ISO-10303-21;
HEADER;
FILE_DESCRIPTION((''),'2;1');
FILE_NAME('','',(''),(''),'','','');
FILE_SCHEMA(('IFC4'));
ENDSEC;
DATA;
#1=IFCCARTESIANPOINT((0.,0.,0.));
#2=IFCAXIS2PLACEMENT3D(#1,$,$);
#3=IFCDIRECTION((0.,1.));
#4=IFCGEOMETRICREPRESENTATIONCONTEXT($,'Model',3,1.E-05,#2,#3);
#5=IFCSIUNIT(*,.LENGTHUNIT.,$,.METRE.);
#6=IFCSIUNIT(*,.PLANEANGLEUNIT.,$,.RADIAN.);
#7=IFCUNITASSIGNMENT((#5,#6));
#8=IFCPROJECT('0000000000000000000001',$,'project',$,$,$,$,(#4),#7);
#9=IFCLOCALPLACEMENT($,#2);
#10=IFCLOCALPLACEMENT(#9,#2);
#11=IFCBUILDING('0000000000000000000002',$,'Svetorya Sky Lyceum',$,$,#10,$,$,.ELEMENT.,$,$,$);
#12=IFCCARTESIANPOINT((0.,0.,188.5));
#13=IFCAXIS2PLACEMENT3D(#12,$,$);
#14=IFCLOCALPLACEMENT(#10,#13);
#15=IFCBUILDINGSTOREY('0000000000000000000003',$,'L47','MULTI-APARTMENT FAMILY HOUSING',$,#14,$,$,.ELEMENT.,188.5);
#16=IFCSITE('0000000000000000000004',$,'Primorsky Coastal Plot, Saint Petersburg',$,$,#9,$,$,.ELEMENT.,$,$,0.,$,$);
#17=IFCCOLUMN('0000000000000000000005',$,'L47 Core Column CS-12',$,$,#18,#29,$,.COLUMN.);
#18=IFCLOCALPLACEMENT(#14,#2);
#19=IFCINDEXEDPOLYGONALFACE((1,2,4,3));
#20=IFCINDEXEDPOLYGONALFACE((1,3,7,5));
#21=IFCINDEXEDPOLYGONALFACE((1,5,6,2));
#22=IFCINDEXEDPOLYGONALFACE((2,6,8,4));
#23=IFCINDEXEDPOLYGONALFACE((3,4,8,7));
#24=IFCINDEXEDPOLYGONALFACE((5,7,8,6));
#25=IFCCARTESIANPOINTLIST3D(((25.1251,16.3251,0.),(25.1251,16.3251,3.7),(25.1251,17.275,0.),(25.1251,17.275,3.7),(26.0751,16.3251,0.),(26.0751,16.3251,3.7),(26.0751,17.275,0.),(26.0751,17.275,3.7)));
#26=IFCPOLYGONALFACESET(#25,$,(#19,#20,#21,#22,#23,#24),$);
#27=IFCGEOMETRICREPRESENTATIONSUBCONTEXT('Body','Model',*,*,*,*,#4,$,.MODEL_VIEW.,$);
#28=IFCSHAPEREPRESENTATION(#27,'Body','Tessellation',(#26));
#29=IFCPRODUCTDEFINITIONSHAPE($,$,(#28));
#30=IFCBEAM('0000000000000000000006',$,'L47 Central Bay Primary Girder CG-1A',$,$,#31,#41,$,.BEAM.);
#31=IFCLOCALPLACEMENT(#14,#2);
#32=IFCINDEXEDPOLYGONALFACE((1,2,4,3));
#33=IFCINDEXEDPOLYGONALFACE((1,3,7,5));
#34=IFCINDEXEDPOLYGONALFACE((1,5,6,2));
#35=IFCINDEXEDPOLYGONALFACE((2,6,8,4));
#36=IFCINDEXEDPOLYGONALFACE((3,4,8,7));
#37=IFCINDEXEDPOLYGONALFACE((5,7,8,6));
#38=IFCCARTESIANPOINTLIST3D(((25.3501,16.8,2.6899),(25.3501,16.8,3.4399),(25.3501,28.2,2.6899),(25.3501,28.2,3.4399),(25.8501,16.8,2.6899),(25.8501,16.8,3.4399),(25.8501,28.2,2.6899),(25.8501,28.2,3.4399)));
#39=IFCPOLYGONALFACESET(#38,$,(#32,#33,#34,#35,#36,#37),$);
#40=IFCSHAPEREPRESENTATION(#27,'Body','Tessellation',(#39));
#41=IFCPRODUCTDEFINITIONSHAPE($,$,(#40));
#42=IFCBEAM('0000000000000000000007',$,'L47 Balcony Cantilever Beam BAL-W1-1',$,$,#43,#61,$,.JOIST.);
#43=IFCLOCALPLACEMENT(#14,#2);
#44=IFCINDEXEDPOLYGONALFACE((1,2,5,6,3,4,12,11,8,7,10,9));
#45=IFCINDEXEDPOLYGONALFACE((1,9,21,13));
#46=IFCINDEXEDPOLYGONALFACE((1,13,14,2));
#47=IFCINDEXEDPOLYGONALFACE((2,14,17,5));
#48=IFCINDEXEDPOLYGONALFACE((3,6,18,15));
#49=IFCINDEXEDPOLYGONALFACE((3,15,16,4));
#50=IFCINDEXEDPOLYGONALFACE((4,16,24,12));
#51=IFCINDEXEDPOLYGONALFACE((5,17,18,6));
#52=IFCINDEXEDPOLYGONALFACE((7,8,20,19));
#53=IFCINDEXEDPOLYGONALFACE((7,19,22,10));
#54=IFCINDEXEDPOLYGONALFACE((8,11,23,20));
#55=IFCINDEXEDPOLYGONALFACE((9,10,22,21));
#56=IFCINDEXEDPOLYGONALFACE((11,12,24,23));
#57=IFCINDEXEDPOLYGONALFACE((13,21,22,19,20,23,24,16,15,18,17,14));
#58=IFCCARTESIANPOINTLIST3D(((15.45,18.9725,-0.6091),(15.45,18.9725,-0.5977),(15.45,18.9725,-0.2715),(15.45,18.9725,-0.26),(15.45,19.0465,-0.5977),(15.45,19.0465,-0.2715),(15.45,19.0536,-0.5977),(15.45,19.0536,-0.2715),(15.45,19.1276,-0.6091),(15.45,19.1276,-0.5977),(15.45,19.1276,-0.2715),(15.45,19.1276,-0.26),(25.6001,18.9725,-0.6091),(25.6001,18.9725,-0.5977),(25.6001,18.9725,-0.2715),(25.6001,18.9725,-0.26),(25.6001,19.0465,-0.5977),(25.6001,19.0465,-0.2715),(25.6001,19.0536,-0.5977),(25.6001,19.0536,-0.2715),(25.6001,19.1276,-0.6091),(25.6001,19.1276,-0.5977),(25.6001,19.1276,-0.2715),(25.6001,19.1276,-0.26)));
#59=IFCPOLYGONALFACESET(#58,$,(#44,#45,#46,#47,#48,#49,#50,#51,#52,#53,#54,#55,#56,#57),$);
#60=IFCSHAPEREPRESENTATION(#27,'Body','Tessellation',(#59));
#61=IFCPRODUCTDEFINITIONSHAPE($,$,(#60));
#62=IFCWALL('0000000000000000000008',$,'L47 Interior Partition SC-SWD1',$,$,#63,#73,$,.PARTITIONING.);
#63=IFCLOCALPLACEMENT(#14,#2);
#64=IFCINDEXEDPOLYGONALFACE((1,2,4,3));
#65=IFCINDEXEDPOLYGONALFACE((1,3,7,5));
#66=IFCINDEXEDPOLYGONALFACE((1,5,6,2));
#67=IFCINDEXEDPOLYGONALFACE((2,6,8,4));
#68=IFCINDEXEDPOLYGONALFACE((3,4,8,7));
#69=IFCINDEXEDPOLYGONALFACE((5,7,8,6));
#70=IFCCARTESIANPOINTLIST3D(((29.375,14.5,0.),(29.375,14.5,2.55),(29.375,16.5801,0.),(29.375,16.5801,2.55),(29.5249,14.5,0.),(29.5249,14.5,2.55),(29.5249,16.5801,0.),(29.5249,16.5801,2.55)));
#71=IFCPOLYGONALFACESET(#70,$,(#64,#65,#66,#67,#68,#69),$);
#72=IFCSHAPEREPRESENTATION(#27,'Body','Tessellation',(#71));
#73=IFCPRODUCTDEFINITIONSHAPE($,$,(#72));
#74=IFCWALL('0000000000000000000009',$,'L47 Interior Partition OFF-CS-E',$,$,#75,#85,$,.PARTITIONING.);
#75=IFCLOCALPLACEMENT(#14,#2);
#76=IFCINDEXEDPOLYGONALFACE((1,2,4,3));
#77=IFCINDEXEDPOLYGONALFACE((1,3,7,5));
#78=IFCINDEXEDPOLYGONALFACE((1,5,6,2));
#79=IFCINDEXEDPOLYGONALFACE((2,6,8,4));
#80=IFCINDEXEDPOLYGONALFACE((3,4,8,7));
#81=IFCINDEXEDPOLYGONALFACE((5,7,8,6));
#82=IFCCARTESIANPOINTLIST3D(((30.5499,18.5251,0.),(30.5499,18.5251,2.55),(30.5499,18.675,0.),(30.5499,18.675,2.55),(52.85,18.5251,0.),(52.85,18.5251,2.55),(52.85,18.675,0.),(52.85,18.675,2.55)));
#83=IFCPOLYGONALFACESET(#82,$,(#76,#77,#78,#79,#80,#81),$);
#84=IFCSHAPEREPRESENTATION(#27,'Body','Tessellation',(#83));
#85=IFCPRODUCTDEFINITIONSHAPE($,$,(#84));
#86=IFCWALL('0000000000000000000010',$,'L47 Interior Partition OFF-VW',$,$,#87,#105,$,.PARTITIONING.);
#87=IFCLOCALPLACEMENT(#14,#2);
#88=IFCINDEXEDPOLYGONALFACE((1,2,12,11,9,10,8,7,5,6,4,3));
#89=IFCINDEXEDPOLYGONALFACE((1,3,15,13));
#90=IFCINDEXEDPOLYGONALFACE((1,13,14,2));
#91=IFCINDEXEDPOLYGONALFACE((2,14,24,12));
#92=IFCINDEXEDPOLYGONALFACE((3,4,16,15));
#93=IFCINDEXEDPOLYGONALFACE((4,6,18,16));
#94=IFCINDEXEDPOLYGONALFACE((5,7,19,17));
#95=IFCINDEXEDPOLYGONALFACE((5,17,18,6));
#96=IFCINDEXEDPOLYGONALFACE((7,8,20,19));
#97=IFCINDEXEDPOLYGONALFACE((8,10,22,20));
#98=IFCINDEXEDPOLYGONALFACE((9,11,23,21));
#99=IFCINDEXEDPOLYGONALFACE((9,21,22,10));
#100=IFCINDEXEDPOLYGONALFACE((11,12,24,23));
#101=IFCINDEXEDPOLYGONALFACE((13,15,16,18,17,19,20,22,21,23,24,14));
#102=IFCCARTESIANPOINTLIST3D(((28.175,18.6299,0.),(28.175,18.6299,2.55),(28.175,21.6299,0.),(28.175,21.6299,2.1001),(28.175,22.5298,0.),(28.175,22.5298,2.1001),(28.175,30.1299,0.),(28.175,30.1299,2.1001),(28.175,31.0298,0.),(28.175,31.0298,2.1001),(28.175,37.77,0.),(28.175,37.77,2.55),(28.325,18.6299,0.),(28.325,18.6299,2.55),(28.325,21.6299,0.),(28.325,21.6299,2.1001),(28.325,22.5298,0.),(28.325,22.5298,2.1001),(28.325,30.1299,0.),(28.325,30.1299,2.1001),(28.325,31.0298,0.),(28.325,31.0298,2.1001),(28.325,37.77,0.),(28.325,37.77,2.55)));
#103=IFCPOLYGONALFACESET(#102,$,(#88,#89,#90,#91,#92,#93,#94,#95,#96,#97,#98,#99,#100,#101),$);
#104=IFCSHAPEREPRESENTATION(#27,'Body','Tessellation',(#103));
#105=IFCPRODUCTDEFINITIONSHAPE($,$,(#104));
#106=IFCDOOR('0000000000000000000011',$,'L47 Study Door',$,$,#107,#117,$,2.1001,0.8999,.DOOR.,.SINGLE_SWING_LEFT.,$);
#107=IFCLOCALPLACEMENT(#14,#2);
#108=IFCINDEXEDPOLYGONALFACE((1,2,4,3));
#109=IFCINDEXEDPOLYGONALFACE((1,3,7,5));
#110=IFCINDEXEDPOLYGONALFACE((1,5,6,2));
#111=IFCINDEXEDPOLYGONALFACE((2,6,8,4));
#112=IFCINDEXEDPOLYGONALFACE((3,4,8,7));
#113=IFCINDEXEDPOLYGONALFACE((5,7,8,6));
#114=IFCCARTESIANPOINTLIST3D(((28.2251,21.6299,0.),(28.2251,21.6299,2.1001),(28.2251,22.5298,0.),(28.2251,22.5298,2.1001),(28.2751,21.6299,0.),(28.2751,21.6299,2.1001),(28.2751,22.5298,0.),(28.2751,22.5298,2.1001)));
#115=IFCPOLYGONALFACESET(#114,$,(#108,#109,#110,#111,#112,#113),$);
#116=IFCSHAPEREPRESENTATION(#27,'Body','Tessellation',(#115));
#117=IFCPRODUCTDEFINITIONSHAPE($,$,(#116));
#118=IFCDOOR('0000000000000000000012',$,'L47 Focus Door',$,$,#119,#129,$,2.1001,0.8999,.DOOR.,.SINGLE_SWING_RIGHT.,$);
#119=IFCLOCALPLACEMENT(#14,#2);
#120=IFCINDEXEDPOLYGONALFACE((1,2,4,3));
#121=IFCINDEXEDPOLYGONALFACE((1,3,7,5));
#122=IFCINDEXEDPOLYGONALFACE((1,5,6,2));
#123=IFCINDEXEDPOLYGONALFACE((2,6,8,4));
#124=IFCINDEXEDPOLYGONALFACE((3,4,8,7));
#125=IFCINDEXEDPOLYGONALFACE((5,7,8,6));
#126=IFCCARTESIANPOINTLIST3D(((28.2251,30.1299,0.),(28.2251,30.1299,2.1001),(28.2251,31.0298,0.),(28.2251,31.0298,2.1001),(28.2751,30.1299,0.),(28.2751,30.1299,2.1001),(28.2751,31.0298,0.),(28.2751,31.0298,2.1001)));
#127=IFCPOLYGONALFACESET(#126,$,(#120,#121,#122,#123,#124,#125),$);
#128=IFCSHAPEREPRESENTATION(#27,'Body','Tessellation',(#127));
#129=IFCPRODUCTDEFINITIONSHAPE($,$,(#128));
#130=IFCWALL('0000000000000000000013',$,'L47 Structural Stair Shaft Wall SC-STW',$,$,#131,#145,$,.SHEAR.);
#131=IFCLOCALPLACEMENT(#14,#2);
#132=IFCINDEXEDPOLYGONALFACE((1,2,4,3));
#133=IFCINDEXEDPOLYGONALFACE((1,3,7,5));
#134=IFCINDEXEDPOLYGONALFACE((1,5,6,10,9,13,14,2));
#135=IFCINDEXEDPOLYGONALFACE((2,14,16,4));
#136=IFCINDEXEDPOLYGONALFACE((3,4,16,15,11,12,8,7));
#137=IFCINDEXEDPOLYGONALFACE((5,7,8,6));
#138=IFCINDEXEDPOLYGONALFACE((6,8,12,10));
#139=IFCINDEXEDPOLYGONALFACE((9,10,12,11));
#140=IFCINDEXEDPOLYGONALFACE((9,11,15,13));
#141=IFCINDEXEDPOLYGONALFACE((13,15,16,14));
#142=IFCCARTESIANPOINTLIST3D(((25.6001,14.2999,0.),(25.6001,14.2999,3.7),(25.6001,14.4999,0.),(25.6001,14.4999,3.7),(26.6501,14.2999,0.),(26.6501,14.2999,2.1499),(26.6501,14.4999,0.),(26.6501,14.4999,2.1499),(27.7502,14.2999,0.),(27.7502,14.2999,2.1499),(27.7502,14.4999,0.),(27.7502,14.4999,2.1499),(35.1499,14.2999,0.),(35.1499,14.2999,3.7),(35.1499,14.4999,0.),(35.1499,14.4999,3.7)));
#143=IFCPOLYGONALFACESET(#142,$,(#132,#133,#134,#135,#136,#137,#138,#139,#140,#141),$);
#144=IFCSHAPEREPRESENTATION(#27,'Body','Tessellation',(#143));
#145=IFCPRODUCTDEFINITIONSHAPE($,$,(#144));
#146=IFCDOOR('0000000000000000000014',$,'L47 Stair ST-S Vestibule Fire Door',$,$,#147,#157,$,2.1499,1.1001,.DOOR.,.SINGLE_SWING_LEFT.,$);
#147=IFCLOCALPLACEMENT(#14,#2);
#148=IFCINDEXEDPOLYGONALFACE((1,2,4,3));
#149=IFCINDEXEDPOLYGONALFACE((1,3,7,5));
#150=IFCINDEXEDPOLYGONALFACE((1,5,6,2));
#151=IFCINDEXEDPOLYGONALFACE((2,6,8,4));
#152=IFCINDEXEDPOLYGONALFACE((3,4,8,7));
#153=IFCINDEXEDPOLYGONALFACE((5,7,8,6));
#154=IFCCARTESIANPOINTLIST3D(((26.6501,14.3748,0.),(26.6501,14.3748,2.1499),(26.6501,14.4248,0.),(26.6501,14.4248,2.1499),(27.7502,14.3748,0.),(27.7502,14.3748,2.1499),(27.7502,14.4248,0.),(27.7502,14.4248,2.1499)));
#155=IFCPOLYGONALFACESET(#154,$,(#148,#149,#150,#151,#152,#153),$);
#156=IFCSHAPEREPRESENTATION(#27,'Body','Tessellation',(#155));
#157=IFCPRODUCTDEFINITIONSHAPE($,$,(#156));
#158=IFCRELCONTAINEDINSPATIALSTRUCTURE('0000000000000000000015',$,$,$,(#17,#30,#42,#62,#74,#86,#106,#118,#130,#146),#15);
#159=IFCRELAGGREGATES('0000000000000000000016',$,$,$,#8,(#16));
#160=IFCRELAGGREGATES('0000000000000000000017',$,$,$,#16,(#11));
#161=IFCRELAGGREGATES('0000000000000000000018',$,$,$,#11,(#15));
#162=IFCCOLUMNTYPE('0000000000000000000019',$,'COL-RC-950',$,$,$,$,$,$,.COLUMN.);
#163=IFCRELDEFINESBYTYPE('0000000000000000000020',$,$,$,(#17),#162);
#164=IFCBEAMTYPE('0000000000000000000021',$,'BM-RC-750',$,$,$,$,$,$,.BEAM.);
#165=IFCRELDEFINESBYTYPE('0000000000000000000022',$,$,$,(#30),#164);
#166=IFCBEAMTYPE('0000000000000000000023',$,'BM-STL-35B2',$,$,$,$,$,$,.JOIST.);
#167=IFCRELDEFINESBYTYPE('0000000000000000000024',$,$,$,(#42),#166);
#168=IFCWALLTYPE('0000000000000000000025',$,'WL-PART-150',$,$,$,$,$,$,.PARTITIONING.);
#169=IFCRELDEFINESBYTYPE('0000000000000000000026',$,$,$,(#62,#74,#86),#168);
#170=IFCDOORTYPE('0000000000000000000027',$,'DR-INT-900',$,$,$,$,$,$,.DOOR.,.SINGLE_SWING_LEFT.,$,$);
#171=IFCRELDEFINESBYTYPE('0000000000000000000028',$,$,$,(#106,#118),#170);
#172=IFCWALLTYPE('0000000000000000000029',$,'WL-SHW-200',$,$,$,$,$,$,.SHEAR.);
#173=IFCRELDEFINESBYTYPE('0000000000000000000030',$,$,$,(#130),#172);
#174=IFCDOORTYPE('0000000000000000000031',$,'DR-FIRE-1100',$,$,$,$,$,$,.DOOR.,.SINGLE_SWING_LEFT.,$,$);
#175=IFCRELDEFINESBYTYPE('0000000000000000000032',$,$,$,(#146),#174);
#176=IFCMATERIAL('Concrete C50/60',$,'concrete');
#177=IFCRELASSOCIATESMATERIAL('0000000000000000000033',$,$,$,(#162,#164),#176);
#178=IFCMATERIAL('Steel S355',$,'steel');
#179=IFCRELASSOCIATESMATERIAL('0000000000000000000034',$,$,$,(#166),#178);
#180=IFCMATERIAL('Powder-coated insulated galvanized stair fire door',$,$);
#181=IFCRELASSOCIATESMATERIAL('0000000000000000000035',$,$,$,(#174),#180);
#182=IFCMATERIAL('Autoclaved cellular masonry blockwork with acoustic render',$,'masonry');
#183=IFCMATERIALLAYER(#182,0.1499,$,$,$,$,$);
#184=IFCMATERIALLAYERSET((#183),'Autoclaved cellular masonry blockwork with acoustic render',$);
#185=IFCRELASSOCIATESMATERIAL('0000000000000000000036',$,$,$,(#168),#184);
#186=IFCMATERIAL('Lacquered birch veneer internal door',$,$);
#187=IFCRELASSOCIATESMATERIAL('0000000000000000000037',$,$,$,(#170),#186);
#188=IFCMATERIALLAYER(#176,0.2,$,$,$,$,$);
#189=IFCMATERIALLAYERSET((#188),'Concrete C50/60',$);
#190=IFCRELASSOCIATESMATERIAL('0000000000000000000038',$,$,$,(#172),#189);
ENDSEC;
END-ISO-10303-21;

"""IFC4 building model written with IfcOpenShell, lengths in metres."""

from ifc_helpers import new_model, si_unit, direction, frame, frame_2d, origin, origin_2d, place, context, subcontext, project, spatial, rectangle, i_section, extrude, material, layer, layer_set, material_profile, profile_set, type_object, element, fill, save


model = new_model("IFC4")

# Units and contexts
model_context = context("Model", 3, precision=1e-05, world=origin(), true_north=direction((0.0, 1.0)))
body_context = subcontext(model_context, "Body", "Model", "MODEL_VIEW")
ifc_project = project(units=[si_unit("LENGTHUNIT", "METRE"), si_unit("PLANEANGLEUNIT", "RADIAN")], contexts=[model_context])

# Site, building, storey
site_placement = place(None, origin())
site = spatial("IfcSite", under=ifc_project, at=site_placement, Name="Primorsky Coastal Plot, Saint Petersburg", CompositionType="ELEMENT", RefElevation=0.0)
building_placement = place(site_placement, origin())
building = spatial("IfcBuilding", under=site, at=building_placement, Name="Svetorya Sky Lyceum", CompositionType="ELEMENT")
storey_placement = place(building_placement, frame((0.0, 0.0, 188.5)))
storey = spatial("IfcBuildingStorey", under=building, at=storey_placement, Name="L47", Description="MULTI-APARTMENT FAMILY HOUSING", CompositionType="ELEMENT", Elevation=188.5)

# Column
ifc_material_1 = material(Name="Concrete C50/60", Category="concrete")
ifc_material_profile_1 = material_profile(ifc_material_1, rectangle(XDim=0.95, YDim=0.95, at=origin_2d()), Name="RC COL 950x950")
ifc_profile_set_1 = profile_set([ifc_material_profile_1], Name="Concrete C50/60")
column_type = type_object("IfcColumnType", Name="COL-RC-950", PredefinedType="COLUMN", material=ifc_profile_set_1)
column_placement = place(storey_placement, frame((25.6001, 16.8, 0.0), z_axis=(0.0, 0.0, 1.0), x_axis=(1.0, 0.0, 0.0)))
element("IfcColumn", 1, at=column_placement, inside=storey, type_object=column_type, Name="L47 Core Column CS-12", PredefinedType="COLUMN", context=body_context, shape_type="SweptSolid", body=[
    extrude(rectangle(XDim=0.95, YDim=0.95, at=origin_2d()), origin(), (0.0, 0.0, 1.0), 3.7),
])

# Beams
ifc_material_profile_2 = material_profile(ifc_material_1, rectangle(XDim=0.5, YDim=0.75, at=origin_2d()), Name="RC BEAM 500x750")
ifc_profile_set_2 = profile_set([ifc_material_profile_2], Name="Concrete C50/60")
beam_type_1 = type_object("IfcBeamType", Name="BM-RC-750", PredefinedType="BEAM", material=ifc_profile_set_2)
beam_1_placement = place(storey_placement, frame((25.6001, 16.8, 3.0649), z_axis=(0.0, 1.0, 0.0), x_axis=(-1.0, 0.0, 0.0)))
element("IfcBeam", 2, at=beam_1_placement, inside=storey, type_object=beam_type_1, Name="L47 Central Bay Primary Girder CG-1A", PredefinedType="BEAM", context=body_context, shape_type="SweptSolid", body=[
    extrude(rectangle(XDim=0.5, YDim=0.75, at=origin_2d()), origin(), (0.0, 0.0, 1.0), 11.3999),
])
ifc_material_2 = material(Name="Steel S355", Category="steel")
ifc_material_profile_3 = material_profile(ifc_material_2, i_section(OverallWidth=0.155, OverallDepth=0.3491, WebThickness=0.0071, FlangeThickness=0.0115, at=origin_2d()), Name="GOST 35B2")
ifc_profile_set_3 = profile_set([ifc_material_profile_3], Name="Steel S355")
beam_type_2 = type_object("IfcBeamType", Name="BM-STL-35B2", PredefinedType="JOIST", material=ifc_profile_set_3)
beam_2_placement = place(storey_placement, frame((25.6001, 19.05, -0.4346), z_axis=(-1.0, 0.0, 0.0), x_axis=(0.0, -1.0, 0.0)))
element("IfcBeam", 3, at=beam_2_placement, inside=storey, type_object=beam_type_2, Name="L47 Balcony Cantilever Beam BAL-W1-1", PredefinedType="JOIST", context=body_context, shape_type="SweptSolid", body=[
    extrude(i_section(OverallWidth=0.155, OverallDepth=0.3491, WebThickness=0.0071, FlangeThickness=0.0115, at=origin_2d()), origin(), (0.0, 0.0, 1.0), 10.1501),
])

# Shared definitions
ifc_material_3 = material(Name="Powder-coated insulated galvanized stair fire door")
door_type_1 = type_object("IfcDoorType", Name="DR-FIRE-1100", OperationType="SINGLE_SWING_LEFT", PredefinedType="DOOR", material=ifc_material_3)

# Walls
ifc_material_4 = material(Name="Autoclaved cellular masonry blockwork with acoustic render", Category="masonry")
ifc_layer_1 = layer(ifc_material_4, 0.1499)
ifc_layer_set_1 = layer_set([ifc_layer_1], Name="Autoclaved cellular masonry blockwork with acoustic render")
wall_type_1 = type_object("IfcWallType", Name="WL-PART-150", PredefinedType="PARTITIONING", material=ifc_layer_set_1)
wall_1_placement = place(storey_placement, frame((29.45, 14.5, 0.0), z_axis=(0.0, 0.0, 1.0), x_axis=(0.0, 1.0, 0.0)))
element("IfcWall", 4, at=wall_1_placement, inside=storey, type_object=wall_type_1, Name="L47 Interior Partition SC-SWD1", PredefinedType="PARTITIONING", context=body_context, shape_type="SweptSolid", body=[
    extrude(rectangle(XDim=2.0801, YDim=0.1499, at=frame_2d((1.04, 0.0))), origin(), (0.0, 0.0, 1.0), 2.55),
])
wall_2_placement = place(storey_placement, frame((30.55, 18.6001, 0.0), z_axis=(0.0, 0.0, 1.0), x_axis=(1.0, 0.0, 0.0)))
element("IfcWall", 5, at=wall_2_placement, inside=storey, type_object=wall_type_1, Name="L47 Interior Partition OFF-CS-E", PredefinedType="PARTITIONING", context=body_context, shape_type="SweptSolid", body=[
    extrude(rectangle(XDim=22.3, YDim=0.1499, at=frame_2d((11.1499, 0.0))), origin(), (0.0, 0.0, 1.0), 2.55),
])

# Wall, openings, doors
wall_3_placement = place(storey_placement, frame((28.25, 18.6299, 0.0), z_axis=(0.0, 0.0, 1.0), x_axis=(0.0, 1.0, 0.0)))
wall_3 = element("IfcWall", 6, at=wall_3_placement, inside=storey, type_object=wall_type_1, Name="L47 Interior Partition OFF-VW", PredefinedType="PARTITIONING", context=body_context, shape_type="SweptSolid", body=[
    extrude(rectangle(XDim=19.1401, YDim=0.1499, at=frame_2d((9.5701, 0.0))), origin(), (0.0, 0.0, 1.0), 2.55),
])
opening_1_placement = place(wall_3_placement, frame((3.0, 0.0, 0.0)))
opening_1 = element("IfcOpeningElement", 7, at=opening_1_placement, cuts=wall_3, PredefinedType="OPENING", context=body_context, shape_type="SweptSolid", body=[
    extrude(rectangle(XDim=0.8999, YDim=2.1001, at=frame_2d((0.45, 1.05))), frame((0.0, 0.085, 0.0), z_axis=(0.0, -1.0, 0.0), x_axis=(1.0, 0.0, 0.0)), (0.0, 0.0, 1.0), 0.1699),
])
opening_2_placement = place(wall_3_placement, frame((11.5, 0.0, 0.0)))
opening_2 = element("IfcOpeningElement", 8, at=opening_2_placement, cuts=wall_3, PredefinedType="OPENING", context=body_context, shape_type="SweptSolid", body=[
    extrude(rectangle(XDim=0.8999, YDim=2.1001, at=frame_2d((0.45, 1.05))), frame((0.0, 0.085, 0.0), z_axis=(0.0, -1.0, 0.0), x_axis=(1.0, 0.0, 0.0)), (0.0, 0.0, 1.0), 0.1699),
])
ifc_material_5 = material(Name="Lacquered birch veneer internal door")
door_type_2 = type_object("IfcDoorType", Name="DR-INT-900", OperationType="SINGLE_SWING_LEFT", PredefinedType="DOOR", material=ifc_material_5)
door_1_placement = place(opening_1_placement, origin())
door_1 = element("IfcDoor", 9, at=door_1_placement, inside=storey, type_object=door_type_2, Name="L47 Study Door", OperationType="SINGLE_SWING_LEFT", OverallHeight=2.1001, OverallWidth=0.8999, PredefinedType="DOOR", context=body_context, shape_type="SweptSolid", body=[
    extrude(rectangle(XDim=0.8999, YDim=2.1001, at=frame_2d((0.45, 1.05))), frame((0.0, 0.0249, 0.0), z_axis=(0.0, -1.0, 0.0), x_axis=(1.0, 0.0, 0.0)), (0.0, 0.0, 1.0), 0.05),
])
fill(opening_1, door_1)
door_2_placement = place(opening_2_placement, origin())
door_2 = element("IfcDoor", 10, at=door_2_placement, inside=storey, type_object=door_type_2, Name="L47 Focus Door", OperationType="SINGLE_SWING_RIGHT", OverallHeight=2.1001, OverallWidth=0.8999, PredefinedType="DOOR", context=body_context, shape_type="SweptSolid", body=[
    extrude(rectangle(XDim=0.8999, YDim=2.1001, at=frame_2d((0.45, 1.05))), frame((0.0, 0.0249, 0.0), z_axis=(0.0, -1.0, 0.0), x_axis=(1.0, 0.0, 0.0)), (0.0, 0.0, 1.0), 0.05),
])
fill(opening_2, door_2)

# Wall, opening, door
ifc_layer_2 = layer(ifc_material_1, 0.2)
ifc_layer_set_2 = layer_set([ifc_layer_2], Name="Concrete C50/60")
wall_type_2 = type_object("IfcWallType", Name="WL-SHW-200", PredefinedType="SHEAR", material=ifc_layer_set_2)
wall_4_placement = place(storey_placement, frame((25.6001, 14.3999, 0.0), z_axis=(0.0, 0.0, 1.0), x_axis=(1.0, 0.0, 0.0)))
wall_4 = element("IfcWall", 11, at=wall_4_placement, inside=storey, type_object=wall_type_2, Name="L47 Structural Stair Shaft Wall SC-STW", PredefinedType="SHEAR", context=body_context, shape_type="SweptSolid", body=[
    extrude(rectangle(XDim=9.5498, YDim=0.2, at=frame_2d((4.7749, 0.0))), origin(), (0.0, 0.0, 1.0), 3.7),
])
opening_3_placement = place(wall_4_placement, frame((1.05, 0.0, 0.0)))
opening_3 = element("IfcOpeningElement", 12, at=opening_3_placement, cuts=wall_4, PredefinedType="OPENING", context=body_context, shape_type="SweptSolid", body=[
    extrude(rectangle(XDim=1.1001, YDim=2.1499, at=frame_2d((0.55, 1.075))), frame((0.0, 0.1099, 0.0), z_axis=(0.0, -1.0, 0.0), x_axis=(1.0, 0.0, 0.0)), (0.0, 0.0, 1.0), 0.22),
])
door_3_placement = place(opening_3_placement, origin())
door_3 = element("IfcDoor", 13, at=door_3_placement, inside=storey, type_object=door_type_1, Name="L47 Stair ST-S Vestibule Fire Door", OperationType="SINGLE_SWING_LEFT", OverallHeight=2.1499, OverallWidth=1.1001, PredefinedType="DOOR", context=body_context, shape_type="SweptSolid", body=[
    extrude(rectangle(XDim=1.1001, YDim=2.1499, at=frame_2d((0.55, 1.075))), frame((0.0, 0.0249, 0.0), z_axis=(0.0, -1.0, 0.0), x_axis=(1.0, 0.0, 0.0)), (0.0, 0.0, 1.0), 0.05),
])
fill(opening_3, door_3)

save(model, "model.ifc")
